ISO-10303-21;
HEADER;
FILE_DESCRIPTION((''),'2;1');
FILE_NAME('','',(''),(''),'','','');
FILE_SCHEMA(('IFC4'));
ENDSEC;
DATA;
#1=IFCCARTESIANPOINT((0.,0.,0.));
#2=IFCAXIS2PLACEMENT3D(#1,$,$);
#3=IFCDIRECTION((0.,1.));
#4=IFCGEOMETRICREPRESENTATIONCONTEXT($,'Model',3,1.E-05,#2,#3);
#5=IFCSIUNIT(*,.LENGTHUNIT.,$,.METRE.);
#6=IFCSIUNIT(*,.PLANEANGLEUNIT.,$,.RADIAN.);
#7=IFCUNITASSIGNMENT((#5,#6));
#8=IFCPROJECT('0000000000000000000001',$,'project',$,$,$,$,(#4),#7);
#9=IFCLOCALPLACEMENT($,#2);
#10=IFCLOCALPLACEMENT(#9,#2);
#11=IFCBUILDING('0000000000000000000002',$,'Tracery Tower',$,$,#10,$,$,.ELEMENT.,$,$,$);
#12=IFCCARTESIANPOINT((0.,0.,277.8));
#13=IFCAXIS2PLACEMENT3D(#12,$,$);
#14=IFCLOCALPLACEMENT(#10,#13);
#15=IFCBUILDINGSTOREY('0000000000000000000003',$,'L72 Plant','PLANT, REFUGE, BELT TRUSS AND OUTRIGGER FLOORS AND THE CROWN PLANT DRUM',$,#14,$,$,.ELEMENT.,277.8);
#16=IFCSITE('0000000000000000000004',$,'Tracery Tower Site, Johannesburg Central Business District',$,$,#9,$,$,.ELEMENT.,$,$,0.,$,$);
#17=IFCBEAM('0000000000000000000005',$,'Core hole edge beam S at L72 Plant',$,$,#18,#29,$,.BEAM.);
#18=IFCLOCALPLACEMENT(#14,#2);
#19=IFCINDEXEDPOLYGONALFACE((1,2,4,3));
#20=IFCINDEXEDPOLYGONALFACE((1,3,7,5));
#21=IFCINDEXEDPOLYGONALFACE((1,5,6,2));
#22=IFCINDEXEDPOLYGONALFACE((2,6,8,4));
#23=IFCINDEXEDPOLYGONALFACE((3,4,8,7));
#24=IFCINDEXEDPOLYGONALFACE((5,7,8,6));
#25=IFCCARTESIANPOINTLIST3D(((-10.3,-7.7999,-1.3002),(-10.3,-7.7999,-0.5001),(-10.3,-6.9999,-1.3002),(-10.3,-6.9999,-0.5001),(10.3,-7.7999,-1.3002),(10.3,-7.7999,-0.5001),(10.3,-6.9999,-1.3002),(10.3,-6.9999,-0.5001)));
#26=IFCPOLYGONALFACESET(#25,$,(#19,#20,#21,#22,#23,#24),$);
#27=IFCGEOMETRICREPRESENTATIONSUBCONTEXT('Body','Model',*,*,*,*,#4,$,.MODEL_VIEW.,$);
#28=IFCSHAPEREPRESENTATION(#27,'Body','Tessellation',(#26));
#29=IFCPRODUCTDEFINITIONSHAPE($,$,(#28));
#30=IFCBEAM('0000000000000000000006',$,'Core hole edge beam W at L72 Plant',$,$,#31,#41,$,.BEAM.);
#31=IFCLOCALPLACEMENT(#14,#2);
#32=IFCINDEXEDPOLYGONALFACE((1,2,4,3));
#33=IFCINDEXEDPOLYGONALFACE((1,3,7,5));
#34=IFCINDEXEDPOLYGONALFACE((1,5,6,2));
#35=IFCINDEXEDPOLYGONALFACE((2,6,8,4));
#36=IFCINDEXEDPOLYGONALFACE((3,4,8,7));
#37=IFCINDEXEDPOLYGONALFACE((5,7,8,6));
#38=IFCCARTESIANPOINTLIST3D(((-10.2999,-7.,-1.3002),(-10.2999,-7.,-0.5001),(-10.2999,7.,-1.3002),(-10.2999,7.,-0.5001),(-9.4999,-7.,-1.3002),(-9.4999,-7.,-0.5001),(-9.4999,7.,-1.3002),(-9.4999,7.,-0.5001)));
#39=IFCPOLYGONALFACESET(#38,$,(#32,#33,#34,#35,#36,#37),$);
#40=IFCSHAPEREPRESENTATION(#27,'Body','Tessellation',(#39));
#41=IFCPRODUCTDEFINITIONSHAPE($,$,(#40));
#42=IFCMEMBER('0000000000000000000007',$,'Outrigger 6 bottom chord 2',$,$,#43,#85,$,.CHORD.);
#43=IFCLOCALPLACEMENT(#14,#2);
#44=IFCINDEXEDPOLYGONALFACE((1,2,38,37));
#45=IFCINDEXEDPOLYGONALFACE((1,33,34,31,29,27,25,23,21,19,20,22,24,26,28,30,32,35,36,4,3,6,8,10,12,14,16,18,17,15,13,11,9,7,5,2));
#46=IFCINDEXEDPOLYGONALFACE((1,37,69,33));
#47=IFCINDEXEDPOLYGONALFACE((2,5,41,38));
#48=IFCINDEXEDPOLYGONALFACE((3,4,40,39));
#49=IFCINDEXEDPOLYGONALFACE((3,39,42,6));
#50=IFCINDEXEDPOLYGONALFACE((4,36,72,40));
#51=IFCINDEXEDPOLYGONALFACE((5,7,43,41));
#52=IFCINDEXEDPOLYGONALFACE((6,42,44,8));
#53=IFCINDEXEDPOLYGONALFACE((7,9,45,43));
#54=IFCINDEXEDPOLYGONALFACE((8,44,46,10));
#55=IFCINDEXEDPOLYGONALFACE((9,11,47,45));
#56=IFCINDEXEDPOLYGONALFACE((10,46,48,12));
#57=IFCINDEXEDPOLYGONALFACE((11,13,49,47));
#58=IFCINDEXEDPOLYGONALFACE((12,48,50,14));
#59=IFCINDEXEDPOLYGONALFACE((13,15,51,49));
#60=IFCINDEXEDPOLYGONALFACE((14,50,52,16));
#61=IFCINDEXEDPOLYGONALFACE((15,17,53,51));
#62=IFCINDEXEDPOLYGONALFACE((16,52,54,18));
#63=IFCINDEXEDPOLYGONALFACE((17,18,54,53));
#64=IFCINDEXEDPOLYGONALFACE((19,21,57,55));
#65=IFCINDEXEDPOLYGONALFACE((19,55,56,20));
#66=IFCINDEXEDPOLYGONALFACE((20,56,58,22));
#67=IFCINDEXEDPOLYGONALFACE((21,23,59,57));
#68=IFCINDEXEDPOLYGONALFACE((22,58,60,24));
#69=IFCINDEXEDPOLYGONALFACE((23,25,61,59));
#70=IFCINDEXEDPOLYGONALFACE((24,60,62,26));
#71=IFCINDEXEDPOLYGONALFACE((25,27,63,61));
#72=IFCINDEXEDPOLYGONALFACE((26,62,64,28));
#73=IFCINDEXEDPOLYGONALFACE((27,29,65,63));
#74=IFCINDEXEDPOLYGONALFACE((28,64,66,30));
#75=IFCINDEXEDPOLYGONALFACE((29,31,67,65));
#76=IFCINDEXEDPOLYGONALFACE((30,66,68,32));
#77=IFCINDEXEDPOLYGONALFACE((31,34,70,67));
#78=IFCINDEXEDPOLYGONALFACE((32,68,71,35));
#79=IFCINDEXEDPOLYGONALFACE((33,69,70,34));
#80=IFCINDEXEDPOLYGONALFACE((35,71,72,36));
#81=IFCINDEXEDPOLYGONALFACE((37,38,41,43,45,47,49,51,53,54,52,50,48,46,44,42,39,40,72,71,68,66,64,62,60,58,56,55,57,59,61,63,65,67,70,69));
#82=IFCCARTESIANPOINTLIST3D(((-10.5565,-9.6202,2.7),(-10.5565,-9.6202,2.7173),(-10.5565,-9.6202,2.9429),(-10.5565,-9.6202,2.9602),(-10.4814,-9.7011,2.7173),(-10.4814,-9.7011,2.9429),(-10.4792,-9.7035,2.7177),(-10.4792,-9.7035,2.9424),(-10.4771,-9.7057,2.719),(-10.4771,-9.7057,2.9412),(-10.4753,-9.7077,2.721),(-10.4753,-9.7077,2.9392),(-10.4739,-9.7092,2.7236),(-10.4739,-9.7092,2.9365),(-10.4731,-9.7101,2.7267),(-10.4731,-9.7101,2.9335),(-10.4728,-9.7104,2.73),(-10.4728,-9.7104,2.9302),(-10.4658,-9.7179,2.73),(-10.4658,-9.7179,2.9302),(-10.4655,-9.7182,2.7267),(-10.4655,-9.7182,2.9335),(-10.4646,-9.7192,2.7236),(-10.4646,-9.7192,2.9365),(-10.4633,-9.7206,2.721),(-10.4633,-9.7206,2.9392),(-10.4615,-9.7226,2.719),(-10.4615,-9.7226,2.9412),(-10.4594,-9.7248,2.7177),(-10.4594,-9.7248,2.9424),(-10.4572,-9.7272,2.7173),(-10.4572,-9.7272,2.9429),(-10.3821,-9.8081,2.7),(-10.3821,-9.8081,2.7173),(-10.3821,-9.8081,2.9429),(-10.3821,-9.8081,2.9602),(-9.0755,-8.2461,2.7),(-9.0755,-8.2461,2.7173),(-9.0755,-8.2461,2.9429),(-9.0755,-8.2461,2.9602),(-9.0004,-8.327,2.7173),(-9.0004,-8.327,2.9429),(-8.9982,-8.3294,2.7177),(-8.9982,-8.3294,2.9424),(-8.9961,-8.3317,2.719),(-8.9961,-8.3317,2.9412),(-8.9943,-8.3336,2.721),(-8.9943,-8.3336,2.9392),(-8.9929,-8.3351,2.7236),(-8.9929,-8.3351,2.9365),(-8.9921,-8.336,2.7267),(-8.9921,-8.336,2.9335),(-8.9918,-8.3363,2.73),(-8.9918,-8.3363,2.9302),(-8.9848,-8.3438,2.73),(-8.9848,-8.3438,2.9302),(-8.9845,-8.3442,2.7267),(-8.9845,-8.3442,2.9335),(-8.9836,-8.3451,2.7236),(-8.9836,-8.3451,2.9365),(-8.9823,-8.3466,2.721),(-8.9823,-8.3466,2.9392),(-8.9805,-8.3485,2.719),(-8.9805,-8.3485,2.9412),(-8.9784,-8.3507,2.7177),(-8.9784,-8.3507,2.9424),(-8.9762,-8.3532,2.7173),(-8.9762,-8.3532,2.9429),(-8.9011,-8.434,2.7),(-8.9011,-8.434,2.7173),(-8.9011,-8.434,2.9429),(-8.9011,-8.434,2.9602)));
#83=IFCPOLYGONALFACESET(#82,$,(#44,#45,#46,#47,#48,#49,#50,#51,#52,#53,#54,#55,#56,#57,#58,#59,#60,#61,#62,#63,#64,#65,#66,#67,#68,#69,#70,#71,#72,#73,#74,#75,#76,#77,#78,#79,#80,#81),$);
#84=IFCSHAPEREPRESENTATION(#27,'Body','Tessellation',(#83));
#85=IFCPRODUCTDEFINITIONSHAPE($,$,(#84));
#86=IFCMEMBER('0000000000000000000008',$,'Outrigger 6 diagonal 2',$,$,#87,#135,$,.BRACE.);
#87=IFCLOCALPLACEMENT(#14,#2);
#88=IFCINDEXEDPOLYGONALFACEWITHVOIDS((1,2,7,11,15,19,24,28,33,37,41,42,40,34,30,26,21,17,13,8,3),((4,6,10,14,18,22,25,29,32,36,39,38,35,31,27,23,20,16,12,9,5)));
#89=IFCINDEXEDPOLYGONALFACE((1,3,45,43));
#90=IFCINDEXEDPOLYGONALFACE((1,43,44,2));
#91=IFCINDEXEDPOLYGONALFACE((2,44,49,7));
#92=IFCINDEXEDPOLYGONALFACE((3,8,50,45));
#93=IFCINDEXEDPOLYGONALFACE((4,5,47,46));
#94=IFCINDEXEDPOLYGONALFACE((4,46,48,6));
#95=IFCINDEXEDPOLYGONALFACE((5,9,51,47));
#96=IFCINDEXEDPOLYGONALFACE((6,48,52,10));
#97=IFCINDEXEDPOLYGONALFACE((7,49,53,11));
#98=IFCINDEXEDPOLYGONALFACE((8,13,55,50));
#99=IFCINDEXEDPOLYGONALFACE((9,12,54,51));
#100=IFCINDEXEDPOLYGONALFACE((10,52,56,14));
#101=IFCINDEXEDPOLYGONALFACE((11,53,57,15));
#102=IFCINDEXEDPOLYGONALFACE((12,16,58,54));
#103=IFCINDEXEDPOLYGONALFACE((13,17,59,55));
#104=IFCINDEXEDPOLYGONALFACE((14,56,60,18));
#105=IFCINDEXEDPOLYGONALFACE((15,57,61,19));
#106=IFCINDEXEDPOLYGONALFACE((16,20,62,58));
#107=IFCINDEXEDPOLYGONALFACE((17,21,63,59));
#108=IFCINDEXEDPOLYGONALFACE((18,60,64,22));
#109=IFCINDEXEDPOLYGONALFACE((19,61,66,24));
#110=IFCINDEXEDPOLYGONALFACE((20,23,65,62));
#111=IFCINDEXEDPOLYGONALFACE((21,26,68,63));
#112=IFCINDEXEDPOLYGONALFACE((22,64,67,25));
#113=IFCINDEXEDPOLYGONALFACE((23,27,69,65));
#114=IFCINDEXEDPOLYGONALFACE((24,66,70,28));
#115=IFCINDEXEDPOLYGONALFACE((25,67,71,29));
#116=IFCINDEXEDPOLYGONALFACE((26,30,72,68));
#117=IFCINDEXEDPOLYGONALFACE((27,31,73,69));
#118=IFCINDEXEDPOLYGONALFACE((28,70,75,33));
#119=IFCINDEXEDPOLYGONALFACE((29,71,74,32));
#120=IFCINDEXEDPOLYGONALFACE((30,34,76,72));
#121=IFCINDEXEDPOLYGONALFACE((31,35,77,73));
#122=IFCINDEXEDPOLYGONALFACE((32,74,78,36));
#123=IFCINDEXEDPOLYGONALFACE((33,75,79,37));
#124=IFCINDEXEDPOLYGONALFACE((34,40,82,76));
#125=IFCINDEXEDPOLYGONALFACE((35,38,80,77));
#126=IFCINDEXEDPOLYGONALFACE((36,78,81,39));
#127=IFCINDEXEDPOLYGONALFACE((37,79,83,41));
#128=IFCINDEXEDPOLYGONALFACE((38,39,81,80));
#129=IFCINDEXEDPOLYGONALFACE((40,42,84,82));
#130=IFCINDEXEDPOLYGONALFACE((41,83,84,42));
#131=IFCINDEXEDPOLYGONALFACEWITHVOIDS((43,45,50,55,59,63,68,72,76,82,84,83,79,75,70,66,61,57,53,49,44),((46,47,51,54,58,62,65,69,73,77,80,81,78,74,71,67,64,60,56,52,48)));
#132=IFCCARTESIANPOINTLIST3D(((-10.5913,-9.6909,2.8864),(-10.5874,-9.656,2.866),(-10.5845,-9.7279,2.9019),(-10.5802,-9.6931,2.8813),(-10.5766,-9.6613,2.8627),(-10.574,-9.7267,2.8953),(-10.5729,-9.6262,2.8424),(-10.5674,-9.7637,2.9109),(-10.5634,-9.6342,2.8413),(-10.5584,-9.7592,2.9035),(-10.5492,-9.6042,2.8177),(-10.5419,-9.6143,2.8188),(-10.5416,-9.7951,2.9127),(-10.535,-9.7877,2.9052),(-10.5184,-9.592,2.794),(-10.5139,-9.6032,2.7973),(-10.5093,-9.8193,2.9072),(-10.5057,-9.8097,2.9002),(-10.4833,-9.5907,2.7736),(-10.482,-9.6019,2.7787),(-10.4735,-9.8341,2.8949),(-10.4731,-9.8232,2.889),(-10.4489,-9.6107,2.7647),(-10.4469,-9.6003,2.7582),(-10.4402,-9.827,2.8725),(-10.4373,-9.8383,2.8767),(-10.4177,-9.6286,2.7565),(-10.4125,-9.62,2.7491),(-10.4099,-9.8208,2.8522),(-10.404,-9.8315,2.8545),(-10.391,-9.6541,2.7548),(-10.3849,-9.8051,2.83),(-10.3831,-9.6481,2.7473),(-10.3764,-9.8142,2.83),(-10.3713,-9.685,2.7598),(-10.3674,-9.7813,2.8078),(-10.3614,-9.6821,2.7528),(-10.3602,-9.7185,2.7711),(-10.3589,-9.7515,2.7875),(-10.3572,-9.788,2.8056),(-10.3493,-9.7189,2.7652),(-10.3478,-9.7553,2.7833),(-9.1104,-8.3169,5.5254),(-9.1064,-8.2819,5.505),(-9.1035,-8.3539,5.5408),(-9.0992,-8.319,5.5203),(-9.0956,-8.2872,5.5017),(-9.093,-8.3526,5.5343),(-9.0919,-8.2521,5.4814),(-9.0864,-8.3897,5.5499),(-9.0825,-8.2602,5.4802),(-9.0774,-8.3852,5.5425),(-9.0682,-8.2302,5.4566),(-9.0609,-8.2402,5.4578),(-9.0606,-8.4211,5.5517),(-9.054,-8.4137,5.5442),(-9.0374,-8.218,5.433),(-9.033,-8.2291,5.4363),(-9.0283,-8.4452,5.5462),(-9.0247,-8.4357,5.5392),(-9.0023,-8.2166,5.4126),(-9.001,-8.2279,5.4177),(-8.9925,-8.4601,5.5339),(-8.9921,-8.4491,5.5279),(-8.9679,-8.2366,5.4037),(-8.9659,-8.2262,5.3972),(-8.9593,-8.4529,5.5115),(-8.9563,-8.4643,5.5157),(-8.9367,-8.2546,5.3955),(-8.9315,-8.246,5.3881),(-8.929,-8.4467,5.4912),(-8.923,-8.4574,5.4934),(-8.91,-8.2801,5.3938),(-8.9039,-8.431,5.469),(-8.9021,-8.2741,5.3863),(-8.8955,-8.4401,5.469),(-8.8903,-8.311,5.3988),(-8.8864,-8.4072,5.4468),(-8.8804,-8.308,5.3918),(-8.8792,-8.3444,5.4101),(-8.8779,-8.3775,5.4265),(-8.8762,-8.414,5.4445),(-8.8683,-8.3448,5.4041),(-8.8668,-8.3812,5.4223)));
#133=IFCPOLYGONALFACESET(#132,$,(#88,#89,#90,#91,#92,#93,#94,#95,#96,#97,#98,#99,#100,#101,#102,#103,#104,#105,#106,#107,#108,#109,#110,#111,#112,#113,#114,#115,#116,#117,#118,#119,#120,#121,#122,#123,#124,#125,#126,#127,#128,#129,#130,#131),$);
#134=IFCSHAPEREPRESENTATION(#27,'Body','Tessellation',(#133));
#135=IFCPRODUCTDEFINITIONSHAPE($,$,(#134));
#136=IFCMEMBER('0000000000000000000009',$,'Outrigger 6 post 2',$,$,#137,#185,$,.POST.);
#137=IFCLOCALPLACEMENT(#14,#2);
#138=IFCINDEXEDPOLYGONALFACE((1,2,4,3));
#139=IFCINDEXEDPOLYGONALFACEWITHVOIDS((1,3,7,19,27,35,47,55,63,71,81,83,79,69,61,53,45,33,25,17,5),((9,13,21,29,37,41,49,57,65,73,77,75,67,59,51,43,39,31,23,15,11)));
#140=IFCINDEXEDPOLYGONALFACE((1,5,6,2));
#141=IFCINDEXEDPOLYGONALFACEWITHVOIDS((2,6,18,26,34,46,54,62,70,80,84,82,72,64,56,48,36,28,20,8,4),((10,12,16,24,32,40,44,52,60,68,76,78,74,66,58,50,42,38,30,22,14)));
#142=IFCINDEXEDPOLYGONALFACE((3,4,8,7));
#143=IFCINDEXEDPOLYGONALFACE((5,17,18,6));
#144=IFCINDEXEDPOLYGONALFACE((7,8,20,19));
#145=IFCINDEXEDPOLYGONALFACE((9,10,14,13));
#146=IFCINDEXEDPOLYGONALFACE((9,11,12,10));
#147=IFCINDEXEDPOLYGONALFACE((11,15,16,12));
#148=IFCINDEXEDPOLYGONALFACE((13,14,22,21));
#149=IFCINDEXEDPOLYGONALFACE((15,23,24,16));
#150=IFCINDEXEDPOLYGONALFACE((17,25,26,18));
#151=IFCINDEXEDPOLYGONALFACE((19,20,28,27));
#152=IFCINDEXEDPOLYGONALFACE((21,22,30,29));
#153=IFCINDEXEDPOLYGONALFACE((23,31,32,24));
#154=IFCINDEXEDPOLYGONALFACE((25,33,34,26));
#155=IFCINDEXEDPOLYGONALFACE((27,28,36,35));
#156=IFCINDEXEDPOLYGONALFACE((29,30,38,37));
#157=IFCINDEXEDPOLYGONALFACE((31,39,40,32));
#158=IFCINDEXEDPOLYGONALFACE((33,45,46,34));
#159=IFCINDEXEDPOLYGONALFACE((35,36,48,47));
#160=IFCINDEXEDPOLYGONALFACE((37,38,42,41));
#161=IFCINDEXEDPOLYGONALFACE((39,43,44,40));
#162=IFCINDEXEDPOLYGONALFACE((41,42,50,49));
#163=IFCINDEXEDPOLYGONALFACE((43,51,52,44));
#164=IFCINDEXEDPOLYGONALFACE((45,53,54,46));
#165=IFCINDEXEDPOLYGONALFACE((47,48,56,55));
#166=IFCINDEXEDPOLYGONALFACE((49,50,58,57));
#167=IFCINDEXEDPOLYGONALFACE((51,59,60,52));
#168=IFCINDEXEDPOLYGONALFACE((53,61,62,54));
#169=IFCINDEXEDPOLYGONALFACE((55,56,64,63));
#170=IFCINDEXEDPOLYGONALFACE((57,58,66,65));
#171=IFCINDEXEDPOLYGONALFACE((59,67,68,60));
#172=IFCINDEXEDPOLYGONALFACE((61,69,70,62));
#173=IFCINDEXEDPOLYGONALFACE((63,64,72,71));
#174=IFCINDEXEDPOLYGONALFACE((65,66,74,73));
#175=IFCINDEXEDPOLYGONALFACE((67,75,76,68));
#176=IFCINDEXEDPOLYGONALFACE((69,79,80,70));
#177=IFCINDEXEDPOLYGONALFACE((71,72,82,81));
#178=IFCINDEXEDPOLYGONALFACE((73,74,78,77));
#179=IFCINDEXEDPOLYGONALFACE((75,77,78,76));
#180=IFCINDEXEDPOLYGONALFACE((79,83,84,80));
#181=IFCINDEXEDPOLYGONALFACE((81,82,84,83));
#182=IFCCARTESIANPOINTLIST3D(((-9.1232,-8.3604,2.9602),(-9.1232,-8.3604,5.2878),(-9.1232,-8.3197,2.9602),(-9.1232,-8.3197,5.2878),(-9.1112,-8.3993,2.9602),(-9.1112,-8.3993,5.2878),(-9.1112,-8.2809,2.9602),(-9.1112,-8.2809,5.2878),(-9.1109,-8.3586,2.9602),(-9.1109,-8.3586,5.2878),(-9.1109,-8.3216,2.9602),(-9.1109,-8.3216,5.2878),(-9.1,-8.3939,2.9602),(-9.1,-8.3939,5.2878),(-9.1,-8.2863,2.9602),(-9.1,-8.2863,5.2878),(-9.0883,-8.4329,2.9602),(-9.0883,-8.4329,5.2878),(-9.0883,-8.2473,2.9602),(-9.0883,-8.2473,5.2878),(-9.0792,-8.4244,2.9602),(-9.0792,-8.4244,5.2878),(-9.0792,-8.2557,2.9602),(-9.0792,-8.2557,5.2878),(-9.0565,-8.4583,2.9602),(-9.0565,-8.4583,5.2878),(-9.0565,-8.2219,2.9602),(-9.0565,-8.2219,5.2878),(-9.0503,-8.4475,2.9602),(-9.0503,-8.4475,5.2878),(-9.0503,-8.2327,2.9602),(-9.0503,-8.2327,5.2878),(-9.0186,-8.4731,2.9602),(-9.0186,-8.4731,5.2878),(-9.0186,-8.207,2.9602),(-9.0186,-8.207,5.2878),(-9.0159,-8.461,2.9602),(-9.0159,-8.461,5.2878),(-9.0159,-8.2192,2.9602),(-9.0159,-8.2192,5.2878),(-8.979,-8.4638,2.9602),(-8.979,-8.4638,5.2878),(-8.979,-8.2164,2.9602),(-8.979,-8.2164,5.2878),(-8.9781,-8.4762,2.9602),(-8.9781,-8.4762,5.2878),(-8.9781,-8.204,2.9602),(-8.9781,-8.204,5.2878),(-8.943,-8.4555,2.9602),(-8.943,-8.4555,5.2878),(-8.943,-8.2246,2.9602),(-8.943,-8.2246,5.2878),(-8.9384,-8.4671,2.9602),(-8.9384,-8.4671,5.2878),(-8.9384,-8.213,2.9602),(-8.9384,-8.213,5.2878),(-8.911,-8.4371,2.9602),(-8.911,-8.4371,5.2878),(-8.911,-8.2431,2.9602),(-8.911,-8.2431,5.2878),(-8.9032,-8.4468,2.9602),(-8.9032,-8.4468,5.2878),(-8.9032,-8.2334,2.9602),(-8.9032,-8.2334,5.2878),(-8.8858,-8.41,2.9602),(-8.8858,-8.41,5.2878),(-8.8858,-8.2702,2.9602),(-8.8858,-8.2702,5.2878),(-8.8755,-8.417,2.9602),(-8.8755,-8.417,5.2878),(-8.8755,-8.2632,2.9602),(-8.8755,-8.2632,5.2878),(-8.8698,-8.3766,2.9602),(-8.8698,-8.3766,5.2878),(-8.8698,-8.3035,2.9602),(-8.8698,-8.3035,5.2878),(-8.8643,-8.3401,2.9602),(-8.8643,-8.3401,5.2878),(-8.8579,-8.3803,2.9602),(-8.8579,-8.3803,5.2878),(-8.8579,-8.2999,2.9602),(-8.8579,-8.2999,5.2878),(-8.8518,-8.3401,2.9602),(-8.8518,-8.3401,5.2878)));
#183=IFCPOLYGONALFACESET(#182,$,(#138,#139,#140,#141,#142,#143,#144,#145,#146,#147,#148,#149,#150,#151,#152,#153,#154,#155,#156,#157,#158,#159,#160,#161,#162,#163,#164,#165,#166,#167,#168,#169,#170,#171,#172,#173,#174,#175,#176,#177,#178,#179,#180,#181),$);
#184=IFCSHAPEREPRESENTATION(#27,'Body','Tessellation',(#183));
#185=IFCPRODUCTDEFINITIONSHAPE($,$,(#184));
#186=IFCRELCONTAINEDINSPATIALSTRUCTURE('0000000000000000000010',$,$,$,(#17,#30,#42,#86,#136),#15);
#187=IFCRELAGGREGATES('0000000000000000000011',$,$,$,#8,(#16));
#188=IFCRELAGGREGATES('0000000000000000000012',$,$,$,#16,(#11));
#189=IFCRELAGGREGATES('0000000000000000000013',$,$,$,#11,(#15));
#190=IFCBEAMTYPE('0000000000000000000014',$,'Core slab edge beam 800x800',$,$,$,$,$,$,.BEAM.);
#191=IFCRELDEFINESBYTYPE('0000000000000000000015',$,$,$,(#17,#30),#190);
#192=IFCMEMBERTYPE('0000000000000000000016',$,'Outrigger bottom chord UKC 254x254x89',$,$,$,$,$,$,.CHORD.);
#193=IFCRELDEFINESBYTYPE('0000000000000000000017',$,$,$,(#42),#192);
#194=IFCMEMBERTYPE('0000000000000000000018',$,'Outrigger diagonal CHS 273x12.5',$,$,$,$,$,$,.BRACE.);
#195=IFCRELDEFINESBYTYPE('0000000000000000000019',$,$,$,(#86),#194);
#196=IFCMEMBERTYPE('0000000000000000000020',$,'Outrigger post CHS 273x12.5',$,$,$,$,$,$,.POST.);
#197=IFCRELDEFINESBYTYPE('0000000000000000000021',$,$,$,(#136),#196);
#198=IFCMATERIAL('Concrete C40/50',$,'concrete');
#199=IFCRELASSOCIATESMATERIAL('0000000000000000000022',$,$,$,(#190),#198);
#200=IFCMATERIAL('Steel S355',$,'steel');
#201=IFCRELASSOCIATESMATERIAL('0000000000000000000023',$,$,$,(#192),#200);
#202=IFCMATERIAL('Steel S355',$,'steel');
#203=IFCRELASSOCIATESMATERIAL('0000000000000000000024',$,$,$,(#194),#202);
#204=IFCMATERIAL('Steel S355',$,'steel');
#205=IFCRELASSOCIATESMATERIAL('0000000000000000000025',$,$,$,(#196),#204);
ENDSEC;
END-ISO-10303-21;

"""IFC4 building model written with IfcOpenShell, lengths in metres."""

from ifc_helpers import new_model, si_unit, direction, frame, origin, origin_2d, place, context, subcontext, project, spatial, rectangle, hollow_circle, i_section, extrude, material, material_profile, profile_set, type_object, element, save


model = new_model("IFC4")

# Units and contexts
model_context = context("Model", 3, precision=1e-05, world=origin(), true_north=direction((0.0, 1.0)))
body_context = subcontext(model_context, "Body", "Model", "MODEL_VIEW")
ifc_project = project(units=[si_unit("LENGTHUNIT", "METRE"), si_unit("PLANEANGLEUNIT", "RADIAN")], contexts=[model_context])

# Site, building, storey
site_placement = place(None, origin())
site = spatial("IfcSite", under=ifc_project, at=site_placement, Name="Tracery Tower Site, Johannesburg Central Business District", CompositionType="ELEMENT", RefElevation=0.0)
building_placement = place(site_placement, origin())
building = spatial("IfcBuilding", under=site, at=building_placement, Name="Tracery Tower", CompositionType="ELEMENT")
storey_placement = place(building_placement, frame((0.0, 0.0, 277.8)))
storey = spatial("IfcBuildingStorey", under=building, at=storey_placement, Name="L72 Plant", Description="PLANT, REFUGE, BELT TRUSS AND OUTRIGGER FLOORS AND THE CROWN PLANT DRUM", CompositionType="ELEMENT", Elevation=277.8)

# Beams
ifc_material_1 = material(Name="Concrete C40/50", Category="concrete")
ifc_material_profile_1 = material_profile(ifc_material_1, rectangle(XDim=0.8, YDim=0.8, at=origin_2d()), Name="RC 800x800")
ifc_profile_set_1 = profile_set([ifc_material_profile_1], Name="Concrete C40/50")
beam_type_1 = type_object("IfcBeamType", Name="Core slab edge beam 800x800", PredefinedType="BEAM", material=ifc_profile_set_1)
beam_1_placement = place(storey_placement, frame((-10.3, -7.3999, -0.9001), z_axis=(1.0, 0.0, 0.0), x_axis=(0.0, 1.0, 0.0)))
element("IfcBeam", 1, at=beam_1_placement, inside=storey, type_object=beam_type_1, Name="Core hole edge beam S at L72 Plant", PredefinedType="BEAM", context=body_context, shape_type="SweptSolid", body=[
    extrude(rectangle(XDim=0.8, YDim=0.8, at=origin_2d()), origin(), (0.0, 0.0, 1.0), 20.6001),
])
beam_2_placement = place(storey_placement, frame((-9.8999, -7.0, -0.9001), z_axis=(0.0, 1.0, 0.0), x_axis=(-1.0, 0.0, 0.0)))
element("IfcBeam", 2, at=beam_2_placement, inside=storey, type_object=beam_type_1, Name="Core hole edge beam W at L72 Plant", PredefinedType="BEAM", context=body_context, shape_type="SweptSolid", body=[
    extrude(rectangle(XDim=0.8, YDim=0.8, at=origin_2d()), origin(), (0.0, 0.0, 1.0), 14.0),
])

# Members
ifc_material_2 = material(Name="Steel S355", Category="steel")
ifc_material_profile_2 = material_profile(ifc_material_2, i_section(OverallWidth=0.2563, OverallDepth=0.2603, WebThickness=0.0103, FlangeThickness=0.0173, FilletRadius=0.0127, at=origin_2d()), Name="UKC 254x254x89")
ifc_profile_set_2 = profile_set([ifc_material_profile_2], Name="Steel S355")
member_type_1 = type_object("IfcMemberType", Name="Outrigger bottom chord UKC 254x254x89", PredefinedType="CHORD", material=ifc_profile_set_2)
member_1_placement = place(storey_placement, frame((-8.9883, -8.3401, 2.8301), z_axis=(-0.733078, -0.680145, 0.0), x_axis=(0.680145, -0.733078, 0.0)))
element("IfcMember", 3, at=member_1_placement, inside=storey, type_object=member_type_1, Name="Outrigger 6 bottom chord 2", PredefinedType="CHORD", context=body_context, shape_type="SweptSolid", body=[
    extrude(i_section(OverallWidth=0.2563, OverallDepth=0.2603, WebThickness=0.0103, FlangeThickness=0.0173, FilletRadius=0.0127, at=origin_2d()), origin(), (0.0, 0.0, 1.0), 2.0203),
])
ifc_material_3 = material(Name="Steel S355", Category="steel")
ifc_material_profile_3 = material_profile(ifc_material_3, hollow_circle(Radius=0.1365, WallThickness=0.0125, at=origin_2d()), Name="CHS 273x12.5")
ifc_profile_set_3 = profile_set([ifc_material_profile_3], Name="Steel S355")
member_type_2 = type_object("IfcMemberType", Name="Outrigger diagonal CHS 273x12.5", PredefinedType="BRACE", material=ifc_profile_set_3)
member_2_placement = place(storey_placement, frame((-8.9883, -8.3401, 5.469), z_axis=(-0.445614, -0.413438, -0.794039), x_axis=(0.680145, -0.733078, 0.0)))
element("IfcMember", 4, at=member_2_placement, inside=storey, type_object=member_type_2, Name="Outrigger 6 diagonal 2", PredefinedType="BRACE", context=body_context, shape_type="SweptSolid", body=[
    extrude(hollow_circle(Radius=0.1365, WallThickness=0.0125, at=origin_2d()), origin(), (0.0, 0.0, 1.0), 3.3235),
])
ifc_material_4 = material(Name="Steel S355", Category="steel")
ifc_material_profile_4 = material_profile(ifc_material_4, hollow_circle(Radius=0.1365, WallThickness=0.0125, at=origin_2d()), Name="CHS 273x12.5")
ifc_profile_set_4 = profile_set([ifc_material_profile_4], Name="Steel S355")
member_type_3 = type_object("IfcMemberType", Name="Outrigger post CHS 273x12.5", PredefinedType="POST", material=ifc_profile_set_4)
for number, where, z_axis, x_axis, name in (
    (5, (-8.9883, -8.3401, 2.9602), (0.0, 0.0, 1.0), (1.0, 0.0, 0.0), "Outrigger 6 post 2"),
):
    element("IfcMember", number, at=place(storey_placement, frame(where, z_axis=z_axis, x_axis=x_axis)), inside=storey, type_object=member_type_3, Name=name, PredefinedType="POST", context=body_context, shape_type="SweptSolid", body=[
        extrude(hollow_circle(Radius=0.1365, WallThickness=0.0125, at=origin_2d()), origin(), (0.0, 0.0, 1.0), 2.3276),
    ])

save(model, "model.ifc")
